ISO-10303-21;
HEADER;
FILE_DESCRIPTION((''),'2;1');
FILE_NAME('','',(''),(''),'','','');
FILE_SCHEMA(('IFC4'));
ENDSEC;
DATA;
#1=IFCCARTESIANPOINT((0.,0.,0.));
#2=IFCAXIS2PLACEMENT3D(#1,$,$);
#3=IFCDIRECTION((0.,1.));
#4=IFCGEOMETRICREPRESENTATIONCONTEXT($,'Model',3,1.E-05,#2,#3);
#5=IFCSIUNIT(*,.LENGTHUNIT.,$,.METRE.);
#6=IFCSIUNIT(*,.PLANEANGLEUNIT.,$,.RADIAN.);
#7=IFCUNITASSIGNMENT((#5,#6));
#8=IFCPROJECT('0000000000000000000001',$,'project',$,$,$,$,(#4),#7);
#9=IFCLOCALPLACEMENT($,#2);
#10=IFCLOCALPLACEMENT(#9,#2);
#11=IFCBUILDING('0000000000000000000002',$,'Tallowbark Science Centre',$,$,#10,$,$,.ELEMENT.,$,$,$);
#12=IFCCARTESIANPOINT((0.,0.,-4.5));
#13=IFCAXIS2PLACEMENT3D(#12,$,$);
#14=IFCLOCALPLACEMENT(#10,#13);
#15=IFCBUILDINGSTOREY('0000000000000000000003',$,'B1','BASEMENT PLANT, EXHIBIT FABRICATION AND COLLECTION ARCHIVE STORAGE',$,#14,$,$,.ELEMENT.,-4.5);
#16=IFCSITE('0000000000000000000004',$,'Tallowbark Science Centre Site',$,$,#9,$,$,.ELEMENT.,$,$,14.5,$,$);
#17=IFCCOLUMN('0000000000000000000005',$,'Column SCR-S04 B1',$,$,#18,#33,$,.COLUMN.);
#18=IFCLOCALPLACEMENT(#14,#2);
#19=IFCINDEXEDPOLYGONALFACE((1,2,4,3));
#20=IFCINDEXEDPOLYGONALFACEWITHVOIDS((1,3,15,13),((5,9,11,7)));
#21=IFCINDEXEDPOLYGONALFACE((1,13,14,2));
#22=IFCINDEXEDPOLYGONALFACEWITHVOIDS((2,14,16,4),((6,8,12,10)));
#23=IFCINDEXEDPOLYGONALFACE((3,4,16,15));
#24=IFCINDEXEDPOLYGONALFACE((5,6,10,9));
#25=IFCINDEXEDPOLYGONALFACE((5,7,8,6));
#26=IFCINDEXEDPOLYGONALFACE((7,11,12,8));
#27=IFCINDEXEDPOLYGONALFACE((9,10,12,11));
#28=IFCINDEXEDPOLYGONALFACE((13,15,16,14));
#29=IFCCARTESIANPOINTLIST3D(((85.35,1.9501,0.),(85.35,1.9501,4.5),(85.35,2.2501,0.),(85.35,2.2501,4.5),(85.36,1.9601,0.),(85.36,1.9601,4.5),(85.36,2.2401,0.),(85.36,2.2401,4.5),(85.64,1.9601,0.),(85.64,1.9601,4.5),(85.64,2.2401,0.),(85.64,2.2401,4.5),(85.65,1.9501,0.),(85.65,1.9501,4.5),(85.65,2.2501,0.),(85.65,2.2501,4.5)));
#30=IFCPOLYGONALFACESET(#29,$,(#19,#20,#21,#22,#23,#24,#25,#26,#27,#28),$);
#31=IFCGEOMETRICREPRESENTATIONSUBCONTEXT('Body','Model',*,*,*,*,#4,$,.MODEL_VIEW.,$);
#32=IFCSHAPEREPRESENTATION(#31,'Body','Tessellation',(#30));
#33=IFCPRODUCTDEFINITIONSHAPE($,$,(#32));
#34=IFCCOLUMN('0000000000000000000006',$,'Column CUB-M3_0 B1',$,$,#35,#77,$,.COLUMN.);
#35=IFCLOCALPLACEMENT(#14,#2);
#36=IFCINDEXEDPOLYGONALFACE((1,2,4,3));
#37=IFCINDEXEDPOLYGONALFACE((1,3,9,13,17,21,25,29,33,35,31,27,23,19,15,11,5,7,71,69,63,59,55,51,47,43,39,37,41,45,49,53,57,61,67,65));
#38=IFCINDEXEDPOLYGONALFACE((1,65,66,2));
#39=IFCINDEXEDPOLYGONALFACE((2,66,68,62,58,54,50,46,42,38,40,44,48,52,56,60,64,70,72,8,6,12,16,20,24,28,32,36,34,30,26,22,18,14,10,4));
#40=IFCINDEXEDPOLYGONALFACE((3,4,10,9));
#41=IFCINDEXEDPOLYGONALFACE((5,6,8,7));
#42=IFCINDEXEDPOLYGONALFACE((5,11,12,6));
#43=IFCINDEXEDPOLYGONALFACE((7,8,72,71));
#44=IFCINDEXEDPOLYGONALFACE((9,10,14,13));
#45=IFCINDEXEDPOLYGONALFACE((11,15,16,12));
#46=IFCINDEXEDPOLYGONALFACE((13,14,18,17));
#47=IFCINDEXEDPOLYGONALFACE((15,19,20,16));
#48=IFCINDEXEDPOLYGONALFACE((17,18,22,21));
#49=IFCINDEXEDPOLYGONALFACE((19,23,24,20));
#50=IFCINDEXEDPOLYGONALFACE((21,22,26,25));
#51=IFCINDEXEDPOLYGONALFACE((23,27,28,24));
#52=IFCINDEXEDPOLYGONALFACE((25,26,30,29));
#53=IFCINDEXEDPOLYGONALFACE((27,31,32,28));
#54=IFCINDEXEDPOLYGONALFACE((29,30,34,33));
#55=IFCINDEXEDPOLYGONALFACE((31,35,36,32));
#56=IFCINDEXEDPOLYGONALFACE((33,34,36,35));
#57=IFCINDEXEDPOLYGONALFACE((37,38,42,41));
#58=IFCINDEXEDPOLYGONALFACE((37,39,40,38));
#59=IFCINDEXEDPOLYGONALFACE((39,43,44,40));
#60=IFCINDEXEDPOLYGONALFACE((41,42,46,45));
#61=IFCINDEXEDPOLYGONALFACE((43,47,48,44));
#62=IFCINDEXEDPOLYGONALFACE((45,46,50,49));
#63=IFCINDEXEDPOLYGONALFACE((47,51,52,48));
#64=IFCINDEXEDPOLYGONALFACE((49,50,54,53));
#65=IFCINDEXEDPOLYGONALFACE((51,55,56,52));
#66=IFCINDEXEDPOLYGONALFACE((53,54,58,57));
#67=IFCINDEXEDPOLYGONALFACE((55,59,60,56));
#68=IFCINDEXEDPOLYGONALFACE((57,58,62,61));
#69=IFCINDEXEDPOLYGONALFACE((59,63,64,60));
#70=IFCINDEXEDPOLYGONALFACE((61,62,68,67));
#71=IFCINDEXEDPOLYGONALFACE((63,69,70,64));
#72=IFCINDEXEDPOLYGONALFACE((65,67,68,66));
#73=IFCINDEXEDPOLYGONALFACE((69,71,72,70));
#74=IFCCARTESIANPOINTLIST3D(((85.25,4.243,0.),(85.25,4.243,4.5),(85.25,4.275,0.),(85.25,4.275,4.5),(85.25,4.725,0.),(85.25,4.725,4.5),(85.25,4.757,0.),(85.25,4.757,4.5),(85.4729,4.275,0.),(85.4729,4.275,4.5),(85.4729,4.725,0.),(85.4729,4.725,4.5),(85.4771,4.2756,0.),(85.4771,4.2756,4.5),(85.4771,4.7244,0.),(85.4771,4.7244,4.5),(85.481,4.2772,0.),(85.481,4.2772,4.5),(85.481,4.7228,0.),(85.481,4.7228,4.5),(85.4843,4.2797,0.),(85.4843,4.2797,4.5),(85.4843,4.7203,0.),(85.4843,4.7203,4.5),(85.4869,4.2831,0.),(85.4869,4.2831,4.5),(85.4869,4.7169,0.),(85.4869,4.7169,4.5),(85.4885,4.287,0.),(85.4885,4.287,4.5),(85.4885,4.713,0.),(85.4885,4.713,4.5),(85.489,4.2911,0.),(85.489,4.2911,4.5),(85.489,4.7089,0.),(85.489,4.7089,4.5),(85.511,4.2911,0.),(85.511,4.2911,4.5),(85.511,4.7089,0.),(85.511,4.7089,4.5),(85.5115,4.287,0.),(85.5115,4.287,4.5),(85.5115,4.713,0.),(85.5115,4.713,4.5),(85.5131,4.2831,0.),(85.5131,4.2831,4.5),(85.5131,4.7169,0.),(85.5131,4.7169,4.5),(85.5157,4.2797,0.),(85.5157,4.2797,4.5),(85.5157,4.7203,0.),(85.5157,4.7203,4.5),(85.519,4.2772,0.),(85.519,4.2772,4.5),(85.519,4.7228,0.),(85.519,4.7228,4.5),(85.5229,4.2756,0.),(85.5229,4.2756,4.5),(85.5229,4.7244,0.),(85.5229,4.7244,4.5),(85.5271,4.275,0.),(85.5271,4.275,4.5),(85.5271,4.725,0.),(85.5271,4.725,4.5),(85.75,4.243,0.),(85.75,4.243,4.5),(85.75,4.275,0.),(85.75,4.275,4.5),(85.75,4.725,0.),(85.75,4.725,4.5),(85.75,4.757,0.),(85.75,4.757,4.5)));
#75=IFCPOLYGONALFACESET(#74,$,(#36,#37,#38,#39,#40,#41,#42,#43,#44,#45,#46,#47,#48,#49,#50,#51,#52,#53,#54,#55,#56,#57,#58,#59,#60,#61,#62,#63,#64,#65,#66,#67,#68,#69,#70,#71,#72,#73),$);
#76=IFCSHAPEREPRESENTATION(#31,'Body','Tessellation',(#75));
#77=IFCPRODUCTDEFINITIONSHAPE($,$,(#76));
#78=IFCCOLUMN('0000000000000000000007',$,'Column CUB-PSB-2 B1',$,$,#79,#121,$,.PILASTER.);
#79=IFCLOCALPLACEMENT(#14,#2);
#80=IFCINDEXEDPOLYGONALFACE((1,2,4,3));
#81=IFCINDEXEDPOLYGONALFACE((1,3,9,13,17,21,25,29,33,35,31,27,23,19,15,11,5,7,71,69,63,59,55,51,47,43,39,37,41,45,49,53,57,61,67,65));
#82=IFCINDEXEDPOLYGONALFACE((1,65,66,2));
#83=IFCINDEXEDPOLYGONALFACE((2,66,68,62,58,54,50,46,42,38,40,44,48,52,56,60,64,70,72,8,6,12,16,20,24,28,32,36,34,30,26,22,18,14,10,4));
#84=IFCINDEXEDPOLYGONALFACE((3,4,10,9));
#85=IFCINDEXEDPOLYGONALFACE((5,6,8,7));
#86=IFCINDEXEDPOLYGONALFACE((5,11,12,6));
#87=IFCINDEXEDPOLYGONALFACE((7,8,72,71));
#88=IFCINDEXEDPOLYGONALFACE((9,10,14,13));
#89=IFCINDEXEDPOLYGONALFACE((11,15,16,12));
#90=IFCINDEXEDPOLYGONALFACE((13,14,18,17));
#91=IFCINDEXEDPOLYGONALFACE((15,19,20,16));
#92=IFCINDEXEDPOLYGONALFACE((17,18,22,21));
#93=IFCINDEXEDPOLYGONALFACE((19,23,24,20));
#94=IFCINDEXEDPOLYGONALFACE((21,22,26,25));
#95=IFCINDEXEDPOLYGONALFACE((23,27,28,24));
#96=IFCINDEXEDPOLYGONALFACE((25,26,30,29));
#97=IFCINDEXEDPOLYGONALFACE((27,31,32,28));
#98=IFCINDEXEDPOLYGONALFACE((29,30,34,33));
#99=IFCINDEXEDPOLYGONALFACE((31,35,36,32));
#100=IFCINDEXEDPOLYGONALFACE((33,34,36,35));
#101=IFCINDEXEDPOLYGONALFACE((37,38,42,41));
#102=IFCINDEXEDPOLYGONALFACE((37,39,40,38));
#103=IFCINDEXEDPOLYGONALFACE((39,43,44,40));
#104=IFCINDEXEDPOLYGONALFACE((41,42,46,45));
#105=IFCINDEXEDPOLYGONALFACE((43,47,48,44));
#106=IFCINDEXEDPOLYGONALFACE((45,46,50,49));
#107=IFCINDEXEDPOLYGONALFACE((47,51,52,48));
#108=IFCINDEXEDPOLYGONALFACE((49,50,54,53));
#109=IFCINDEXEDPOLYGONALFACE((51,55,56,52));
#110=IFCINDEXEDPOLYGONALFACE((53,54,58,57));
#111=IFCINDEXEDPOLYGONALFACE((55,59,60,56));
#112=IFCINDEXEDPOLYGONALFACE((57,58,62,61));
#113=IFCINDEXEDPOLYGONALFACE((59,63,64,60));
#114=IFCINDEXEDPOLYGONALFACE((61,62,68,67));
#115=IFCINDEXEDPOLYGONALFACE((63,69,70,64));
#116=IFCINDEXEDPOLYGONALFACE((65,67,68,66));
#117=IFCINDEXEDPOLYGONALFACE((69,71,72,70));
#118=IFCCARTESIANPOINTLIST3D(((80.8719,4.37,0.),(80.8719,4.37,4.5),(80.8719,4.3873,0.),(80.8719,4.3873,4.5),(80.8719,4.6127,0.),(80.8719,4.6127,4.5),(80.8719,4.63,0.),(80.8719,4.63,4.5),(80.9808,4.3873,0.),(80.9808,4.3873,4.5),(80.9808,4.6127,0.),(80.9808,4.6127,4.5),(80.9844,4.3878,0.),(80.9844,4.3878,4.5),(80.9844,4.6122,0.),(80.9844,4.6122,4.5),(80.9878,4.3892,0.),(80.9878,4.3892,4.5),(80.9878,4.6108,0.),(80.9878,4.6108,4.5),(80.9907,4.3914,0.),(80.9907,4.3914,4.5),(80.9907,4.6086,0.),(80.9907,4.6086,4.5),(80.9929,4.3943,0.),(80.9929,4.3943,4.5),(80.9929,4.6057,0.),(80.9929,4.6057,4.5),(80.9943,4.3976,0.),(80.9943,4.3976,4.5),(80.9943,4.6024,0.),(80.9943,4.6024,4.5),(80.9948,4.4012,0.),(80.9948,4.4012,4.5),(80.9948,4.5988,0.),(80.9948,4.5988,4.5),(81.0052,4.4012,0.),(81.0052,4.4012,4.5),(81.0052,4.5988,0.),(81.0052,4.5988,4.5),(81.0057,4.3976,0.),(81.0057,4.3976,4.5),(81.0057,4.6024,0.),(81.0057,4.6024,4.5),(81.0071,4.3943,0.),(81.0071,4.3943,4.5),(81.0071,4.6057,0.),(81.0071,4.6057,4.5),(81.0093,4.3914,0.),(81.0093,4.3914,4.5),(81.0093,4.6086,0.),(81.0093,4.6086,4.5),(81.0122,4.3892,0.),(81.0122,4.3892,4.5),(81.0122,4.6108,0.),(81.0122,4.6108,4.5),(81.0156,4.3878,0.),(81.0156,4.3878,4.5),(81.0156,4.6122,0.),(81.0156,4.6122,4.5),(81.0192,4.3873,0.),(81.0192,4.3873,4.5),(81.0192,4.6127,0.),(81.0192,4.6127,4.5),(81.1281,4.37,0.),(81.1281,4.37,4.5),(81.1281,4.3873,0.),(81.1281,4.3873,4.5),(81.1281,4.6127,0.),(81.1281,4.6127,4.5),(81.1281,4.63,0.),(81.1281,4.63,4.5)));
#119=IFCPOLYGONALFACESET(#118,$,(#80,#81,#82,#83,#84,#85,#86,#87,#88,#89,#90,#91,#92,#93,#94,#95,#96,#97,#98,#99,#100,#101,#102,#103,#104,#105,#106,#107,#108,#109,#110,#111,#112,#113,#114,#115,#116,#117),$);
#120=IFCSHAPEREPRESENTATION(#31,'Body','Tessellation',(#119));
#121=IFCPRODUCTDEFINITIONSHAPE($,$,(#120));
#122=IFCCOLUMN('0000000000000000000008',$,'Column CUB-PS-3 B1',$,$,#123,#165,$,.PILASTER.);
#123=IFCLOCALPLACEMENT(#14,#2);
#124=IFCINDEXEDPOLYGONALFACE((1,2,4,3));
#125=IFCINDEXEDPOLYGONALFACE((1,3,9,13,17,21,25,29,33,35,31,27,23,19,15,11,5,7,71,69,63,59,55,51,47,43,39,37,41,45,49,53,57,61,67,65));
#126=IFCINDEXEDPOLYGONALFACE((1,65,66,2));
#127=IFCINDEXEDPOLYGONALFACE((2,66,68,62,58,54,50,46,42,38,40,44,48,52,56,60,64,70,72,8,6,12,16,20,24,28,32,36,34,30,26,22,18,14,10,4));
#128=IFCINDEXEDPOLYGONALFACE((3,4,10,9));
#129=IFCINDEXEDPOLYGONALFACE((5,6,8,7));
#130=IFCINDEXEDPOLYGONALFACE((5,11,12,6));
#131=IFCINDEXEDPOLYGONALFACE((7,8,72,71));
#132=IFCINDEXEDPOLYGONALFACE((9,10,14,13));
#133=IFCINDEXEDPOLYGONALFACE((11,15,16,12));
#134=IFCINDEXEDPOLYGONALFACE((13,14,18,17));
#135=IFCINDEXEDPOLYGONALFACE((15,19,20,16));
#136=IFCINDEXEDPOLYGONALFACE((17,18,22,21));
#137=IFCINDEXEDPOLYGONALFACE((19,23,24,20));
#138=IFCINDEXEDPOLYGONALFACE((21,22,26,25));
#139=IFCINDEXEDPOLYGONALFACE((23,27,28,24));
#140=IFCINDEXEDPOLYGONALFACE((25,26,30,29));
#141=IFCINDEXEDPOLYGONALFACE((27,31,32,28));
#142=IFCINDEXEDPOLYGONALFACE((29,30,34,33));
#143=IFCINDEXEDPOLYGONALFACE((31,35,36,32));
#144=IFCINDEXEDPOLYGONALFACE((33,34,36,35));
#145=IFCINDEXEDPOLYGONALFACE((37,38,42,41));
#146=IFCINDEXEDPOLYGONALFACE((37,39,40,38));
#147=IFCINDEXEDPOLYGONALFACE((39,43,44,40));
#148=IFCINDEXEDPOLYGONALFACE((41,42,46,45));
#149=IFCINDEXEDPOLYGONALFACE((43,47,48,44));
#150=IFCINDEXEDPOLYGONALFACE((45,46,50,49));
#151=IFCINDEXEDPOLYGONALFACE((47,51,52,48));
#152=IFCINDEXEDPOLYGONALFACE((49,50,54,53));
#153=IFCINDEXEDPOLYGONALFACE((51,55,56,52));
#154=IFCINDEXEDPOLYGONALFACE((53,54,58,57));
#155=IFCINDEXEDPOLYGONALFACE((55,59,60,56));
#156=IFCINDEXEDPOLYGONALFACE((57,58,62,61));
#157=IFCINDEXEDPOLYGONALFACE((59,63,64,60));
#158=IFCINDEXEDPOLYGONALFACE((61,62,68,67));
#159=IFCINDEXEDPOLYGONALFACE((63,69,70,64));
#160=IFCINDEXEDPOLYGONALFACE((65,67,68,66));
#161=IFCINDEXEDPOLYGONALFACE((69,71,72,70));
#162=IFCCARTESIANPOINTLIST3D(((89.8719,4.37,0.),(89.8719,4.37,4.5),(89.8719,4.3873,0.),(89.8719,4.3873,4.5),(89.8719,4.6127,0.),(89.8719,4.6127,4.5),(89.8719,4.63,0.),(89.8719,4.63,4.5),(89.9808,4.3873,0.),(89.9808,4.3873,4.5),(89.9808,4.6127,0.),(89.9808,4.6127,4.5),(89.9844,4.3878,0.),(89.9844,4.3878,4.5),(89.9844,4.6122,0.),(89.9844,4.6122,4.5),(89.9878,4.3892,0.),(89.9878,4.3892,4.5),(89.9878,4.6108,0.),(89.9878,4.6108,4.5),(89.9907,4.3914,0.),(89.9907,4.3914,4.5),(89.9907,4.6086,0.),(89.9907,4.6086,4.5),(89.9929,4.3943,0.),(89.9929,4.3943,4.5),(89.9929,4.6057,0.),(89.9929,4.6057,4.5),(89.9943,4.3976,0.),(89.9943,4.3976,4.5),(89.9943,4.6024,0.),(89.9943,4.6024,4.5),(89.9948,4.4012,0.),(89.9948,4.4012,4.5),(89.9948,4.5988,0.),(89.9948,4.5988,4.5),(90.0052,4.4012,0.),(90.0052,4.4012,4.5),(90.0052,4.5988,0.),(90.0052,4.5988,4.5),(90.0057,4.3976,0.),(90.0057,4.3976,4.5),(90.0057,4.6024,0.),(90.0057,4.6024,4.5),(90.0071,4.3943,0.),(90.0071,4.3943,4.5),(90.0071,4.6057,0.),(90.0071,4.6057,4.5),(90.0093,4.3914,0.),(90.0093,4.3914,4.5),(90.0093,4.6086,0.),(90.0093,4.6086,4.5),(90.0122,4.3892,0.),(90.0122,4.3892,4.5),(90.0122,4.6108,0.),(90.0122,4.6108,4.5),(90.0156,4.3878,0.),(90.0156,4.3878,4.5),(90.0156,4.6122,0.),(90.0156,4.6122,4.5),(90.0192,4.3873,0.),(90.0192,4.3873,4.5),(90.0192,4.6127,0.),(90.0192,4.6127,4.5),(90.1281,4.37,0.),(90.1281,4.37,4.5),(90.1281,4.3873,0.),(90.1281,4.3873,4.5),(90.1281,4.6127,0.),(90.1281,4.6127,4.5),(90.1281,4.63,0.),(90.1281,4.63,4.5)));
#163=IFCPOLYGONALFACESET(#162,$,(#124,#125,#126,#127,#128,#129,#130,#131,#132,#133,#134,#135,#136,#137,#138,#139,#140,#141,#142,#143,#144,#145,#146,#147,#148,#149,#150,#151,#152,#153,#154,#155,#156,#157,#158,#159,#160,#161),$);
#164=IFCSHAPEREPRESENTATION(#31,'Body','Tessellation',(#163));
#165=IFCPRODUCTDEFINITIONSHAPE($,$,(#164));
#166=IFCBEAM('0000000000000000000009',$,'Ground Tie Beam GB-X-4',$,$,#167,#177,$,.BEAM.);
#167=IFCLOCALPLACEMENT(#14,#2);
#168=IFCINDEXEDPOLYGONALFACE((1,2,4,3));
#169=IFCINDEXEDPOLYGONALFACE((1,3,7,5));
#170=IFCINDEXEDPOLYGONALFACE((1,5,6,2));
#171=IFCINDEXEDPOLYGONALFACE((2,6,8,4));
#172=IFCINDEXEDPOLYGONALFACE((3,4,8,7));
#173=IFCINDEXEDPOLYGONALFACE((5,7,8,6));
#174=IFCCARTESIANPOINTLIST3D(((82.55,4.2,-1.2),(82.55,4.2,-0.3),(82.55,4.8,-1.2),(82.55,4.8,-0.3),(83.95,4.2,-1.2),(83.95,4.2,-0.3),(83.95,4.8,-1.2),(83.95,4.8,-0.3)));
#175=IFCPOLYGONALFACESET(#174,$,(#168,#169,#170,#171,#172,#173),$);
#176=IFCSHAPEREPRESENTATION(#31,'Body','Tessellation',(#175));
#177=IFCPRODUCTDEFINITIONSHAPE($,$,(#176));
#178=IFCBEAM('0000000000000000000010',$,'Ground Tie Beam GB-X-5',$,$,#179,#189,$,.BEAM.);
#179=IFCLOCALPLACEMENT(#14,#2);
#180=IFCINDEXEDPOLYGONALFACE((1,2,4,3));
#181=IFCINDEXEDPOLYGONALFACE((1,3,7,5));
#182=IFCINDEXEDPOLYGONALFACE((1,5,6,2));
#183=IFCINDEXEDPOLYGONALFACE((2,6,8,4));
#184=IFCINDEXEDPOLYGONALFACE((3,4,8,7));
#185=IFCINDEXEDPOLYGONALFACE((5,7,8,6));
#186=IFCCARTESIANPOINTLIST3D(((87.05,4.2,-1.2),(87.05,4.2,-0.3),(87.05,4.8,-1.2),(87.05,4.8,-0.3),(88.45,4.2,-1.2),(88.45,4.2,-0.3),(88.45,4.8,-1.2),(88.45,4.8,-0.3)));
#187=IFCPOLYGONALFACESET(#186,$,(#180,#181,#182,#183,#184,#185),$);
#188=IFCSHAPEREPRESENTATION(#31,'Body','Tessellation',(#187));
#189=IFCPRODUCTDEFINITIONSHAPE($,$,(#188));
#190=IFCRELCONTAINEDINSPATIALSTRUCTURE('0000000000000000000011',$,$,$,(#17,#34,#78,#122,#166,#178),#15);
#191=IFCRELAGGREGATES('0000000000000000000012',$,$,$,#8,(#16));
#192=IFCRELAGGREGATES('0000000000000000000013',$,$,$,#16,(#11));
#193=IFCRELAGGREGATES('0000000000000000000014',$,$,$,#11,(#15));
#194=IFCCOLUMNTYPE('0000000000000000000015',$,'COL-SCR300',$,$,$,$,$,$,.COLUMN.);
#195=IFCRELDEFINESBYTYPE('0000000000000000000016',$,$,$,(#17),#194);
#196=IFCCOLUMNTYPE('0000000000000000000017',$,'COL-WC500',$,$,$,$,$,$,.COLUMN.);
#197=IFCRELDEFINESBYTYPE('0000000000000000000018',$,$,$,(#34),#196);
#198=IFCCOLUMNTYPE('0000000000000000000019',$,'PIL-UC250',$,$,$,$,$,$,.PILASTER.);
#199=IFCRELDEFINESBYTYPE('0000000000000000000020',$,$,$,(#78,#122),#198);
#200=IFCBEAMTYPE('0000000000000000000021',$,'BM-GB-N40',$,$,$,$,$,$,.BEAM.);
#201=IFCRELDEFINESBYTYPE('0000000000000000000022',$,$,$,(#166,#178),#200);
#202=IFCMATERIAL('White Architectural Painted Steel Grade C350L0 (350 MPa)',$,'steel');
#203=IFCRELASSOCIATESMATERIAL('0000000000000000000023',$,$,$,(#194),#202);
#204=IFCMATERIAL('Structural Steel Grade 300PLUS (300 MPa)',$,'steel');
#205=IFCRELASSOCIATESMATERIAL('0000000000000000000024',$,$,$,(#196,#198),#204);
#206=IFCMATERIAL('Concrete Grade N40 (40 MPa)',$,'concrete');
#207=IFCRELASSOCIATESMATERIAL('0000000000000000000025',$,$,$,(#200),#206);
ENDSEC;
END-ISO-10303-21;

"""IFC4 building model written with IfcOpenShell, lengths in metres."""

from ifc_helpers import new_model, si_unit, direction, frame, origin, origin_2d, place, context, subcontext, project, spatial, rectangle, hollow_rectangle, i_section, extrude, material, material_profile, profile_set, type_object, element, save


model = new_model("IFC4")

# Units and contexts
model_context = context("Model", 3, precision=1e-05, world=origin(), true_north=direction((0.0, 1.0)))
body_context = subcontext(model_context, "Body", "Model", "MODEL_VIEW")
ifc_project = project(units=[si_unit("LENGTHUNIT", "METRE"), si_unit("PLANEANGLEUNIT", "RADIAN")], contexts=[model_context])

# Site, building, storey
site_placement = place(None, origin())
site = spatial("IfcSite", under=ifc_project, at=site_placement, Name="Tallowbark Science Centre Site", CompositionType="ELEMENT", RefElevation=14.5)
building_placement = place(site_placement, origin())
building = spatial("IfcBuilding", under=site, at=building_placement, Name="Tallowbark Science Centre", CompositionType="ELEMENT")
storey_placement = place(building_placement, frame((0.0, 0.0, -4.5)))
storey = spatial("IfcBuildingStorey", under=building, at=storey_placement, Name="B1", Description="BASEMENT PLANT, EXHIBIT FABRICATION AND COLLECTION ARCHIVE STORAGE", CompositionType="ELEMENT", Elevation=-4.5)

# Shared definitions
ifc_material_1 = material(Name="Concrete Grade N40 (40 MPa)", Category="concrete")

# Columns
ifc_material_2 = material(Name="White Architectural Painted Steel Grade C350L0 (350 MPa)", Category="steel")
ifc_material_profile_1 = material_profile(ifc_material_2, hollow_rectangle(XDim=0.3, YDim=0.3, WallThickness=0.01, at=origin_2d()), Name="300x300x10.0SHS")
ifc_profile_set_1 = profile_set([ifc_material_profile_1], Name="White Architectural Painted Steel Grade C350L0 (350 MPa)")
column_type_1 = type_object("IfcColumnType", Name="COL-SCR300", PredefinedType="COLUMN", material=ifc_profile_set_1)
column_1_placement = place(storey_placement, frame((85.5, 2.1001, 0.0), z_axis=(0.0, 0.0, 1.0), x_axis=(1.0, 0.0, 0.0)))
element("IfcColumn", 1, at=column_1_placement, inside=storey, type_object=column_type_1, Name="Column SCR-S04 B1", PredefinedType="COLUMN", context=body_context, shape_type="SweptSolid", body=[
    extrude(hollow_rectangle(XDim=0.3, YDim=0.3, WallThickness=0.01, at=origin_2d()), origin(), (0.0, 0.0, 1.0), 4.5),
])
ifc_material_3 = material(Name="Structural Steel Grade 300PLUS (300 MPa)", Category="steel")
ifc_material_profile_2 = material_profile(ifc_material_3, i_section(OverallWidth=0.5, OverallDepth=0.5139, WebThickness=0.022, FlangeThickness=0.032, FilletRadius=0.0161, at=origin_2d()), Name="500WC340")
ifc_profile_set_2 = profile_set([ifc_material_profile_2], Name="Structural Steel Grade 300PLUS (300 MPa)")
column_type_2 = type_object("IfcColumnType", Name="COL-WC500", PredefinedType="COLUMN", material=ifc_profile_set_2)
column_2_placement = place(storey_placement, frame((85.5, 4.5, 0.0), z_axis=(0.0, 0.0, 1.0), x_axis=(1.0, 0.0, 0.0)))
element("IfcColumn", 2, at=column_2_placement, inside=storey, type_object=column_type_2, Name="Column CUB-M3_0 B1", PredefinedType="COLUMN", context=body_context, shape_type="SweptSolid", body=[
    extrude(i_section(OverallWidth=0.5, OverallDepth=0.5139, WebThickness=0.022, FlangeThickness=0.032, FilletRadius=0.0161, at=origin_2d()), origin(), (0.0, 0.0, 1.0), 4.5),
])
ifc_material_profile_3 = material_profile(ifc_material_3, i_section(OverallWidth=0.2561, OverallDepth=0.26, WebThickness=0.0105, FlangeThickness=0.0173, FilletRadius=0.0139, at=origin_2d()), Name="250UC89.5")
ifc_profile_set_3 = profile_set([ifc_material_profile_3], Name="Structural Steel Grade 300PLUS (300 MPa)")
column_type_3 = type_object("IfcColumnType", Name="PIL-UC250", PredefinedType="PILASTER", material=ifc_profile_set_3)
for number, where, z_axis, x_axis, name in (
    (3, (81.0, 4.5, 0.0), (0.0, 0.0, 1.0), (1.0, 0.0, 0.0), "Column CUB-PSB-2 B1"),
    (4, (90.0, 4.5, 0.0), (0.0, 0.0, 1.0), (1.0, 0.0, 0.0), "Column CUB-PS-3 B1"),
):
    element("IfcColumn", number, at=place(storey_placement, frame(where, z_axis=z_axis, x_axis=x_axis)), inside=storey, type_object=column_type_3, Name=name, PredefinedType="PILASTER", context=body_context, shape_type="SweptSolid", body=[
        extrude(i_section(OverallWidth=0.2561, OverallDepth=0.26, WebThickness=0.0105, FlangeThickness=0.0173, FilletRadius=0.0139, at=origin_2d()), origin(), (0.0, 0.0, 1.0), 4.5),
    ])

# Beams
ifc_material_profile_4 = material_profile(ifc_material_1, rectangle(XDim=0.6001, YDim=0.8999, at=origin_2d()), Name="RC600x900")
ifc_profile_set_4 = profile_set([ifc_material_profile_4], Name="Concrete Grade N40 (40 MPa)")
beam_type = type_object("IfcBeamType", Name="BM-GB-N40", PredefinedType="BEAM", material=ifc_profile_set_4)
for number, where, z_axis, x_axis, name in (
    (5, (82.55, 4.5, -0.75), (1.0, 0.0, 0.0), (0.0, 1.0, 0.0), "Ground Tie Beam GB-X-4"),
    (6, (87.05, 4.5, -0.75), (1.0, 0.0, 0.0), (0.0, 1.0, 0.0), "Ground Tie Beam GB-X-5"),
):
    element("IfcBeam", number, at=place(storey_placement, frame(where, z_axis=z_axis, x_axis=x_axis)), inside=storey, type_object=beam_type, Name=name, PredefinedType="BEAM", context=body_context, shape_type="SweptSolid", body=[
        extrude(rectangle(XDim=0.6001, YDim=0.8999, at=origin_2d()), origin(), (0.0, 0.0, 1.0), 1.3999),
    ])

save(model, "model.ifc")
